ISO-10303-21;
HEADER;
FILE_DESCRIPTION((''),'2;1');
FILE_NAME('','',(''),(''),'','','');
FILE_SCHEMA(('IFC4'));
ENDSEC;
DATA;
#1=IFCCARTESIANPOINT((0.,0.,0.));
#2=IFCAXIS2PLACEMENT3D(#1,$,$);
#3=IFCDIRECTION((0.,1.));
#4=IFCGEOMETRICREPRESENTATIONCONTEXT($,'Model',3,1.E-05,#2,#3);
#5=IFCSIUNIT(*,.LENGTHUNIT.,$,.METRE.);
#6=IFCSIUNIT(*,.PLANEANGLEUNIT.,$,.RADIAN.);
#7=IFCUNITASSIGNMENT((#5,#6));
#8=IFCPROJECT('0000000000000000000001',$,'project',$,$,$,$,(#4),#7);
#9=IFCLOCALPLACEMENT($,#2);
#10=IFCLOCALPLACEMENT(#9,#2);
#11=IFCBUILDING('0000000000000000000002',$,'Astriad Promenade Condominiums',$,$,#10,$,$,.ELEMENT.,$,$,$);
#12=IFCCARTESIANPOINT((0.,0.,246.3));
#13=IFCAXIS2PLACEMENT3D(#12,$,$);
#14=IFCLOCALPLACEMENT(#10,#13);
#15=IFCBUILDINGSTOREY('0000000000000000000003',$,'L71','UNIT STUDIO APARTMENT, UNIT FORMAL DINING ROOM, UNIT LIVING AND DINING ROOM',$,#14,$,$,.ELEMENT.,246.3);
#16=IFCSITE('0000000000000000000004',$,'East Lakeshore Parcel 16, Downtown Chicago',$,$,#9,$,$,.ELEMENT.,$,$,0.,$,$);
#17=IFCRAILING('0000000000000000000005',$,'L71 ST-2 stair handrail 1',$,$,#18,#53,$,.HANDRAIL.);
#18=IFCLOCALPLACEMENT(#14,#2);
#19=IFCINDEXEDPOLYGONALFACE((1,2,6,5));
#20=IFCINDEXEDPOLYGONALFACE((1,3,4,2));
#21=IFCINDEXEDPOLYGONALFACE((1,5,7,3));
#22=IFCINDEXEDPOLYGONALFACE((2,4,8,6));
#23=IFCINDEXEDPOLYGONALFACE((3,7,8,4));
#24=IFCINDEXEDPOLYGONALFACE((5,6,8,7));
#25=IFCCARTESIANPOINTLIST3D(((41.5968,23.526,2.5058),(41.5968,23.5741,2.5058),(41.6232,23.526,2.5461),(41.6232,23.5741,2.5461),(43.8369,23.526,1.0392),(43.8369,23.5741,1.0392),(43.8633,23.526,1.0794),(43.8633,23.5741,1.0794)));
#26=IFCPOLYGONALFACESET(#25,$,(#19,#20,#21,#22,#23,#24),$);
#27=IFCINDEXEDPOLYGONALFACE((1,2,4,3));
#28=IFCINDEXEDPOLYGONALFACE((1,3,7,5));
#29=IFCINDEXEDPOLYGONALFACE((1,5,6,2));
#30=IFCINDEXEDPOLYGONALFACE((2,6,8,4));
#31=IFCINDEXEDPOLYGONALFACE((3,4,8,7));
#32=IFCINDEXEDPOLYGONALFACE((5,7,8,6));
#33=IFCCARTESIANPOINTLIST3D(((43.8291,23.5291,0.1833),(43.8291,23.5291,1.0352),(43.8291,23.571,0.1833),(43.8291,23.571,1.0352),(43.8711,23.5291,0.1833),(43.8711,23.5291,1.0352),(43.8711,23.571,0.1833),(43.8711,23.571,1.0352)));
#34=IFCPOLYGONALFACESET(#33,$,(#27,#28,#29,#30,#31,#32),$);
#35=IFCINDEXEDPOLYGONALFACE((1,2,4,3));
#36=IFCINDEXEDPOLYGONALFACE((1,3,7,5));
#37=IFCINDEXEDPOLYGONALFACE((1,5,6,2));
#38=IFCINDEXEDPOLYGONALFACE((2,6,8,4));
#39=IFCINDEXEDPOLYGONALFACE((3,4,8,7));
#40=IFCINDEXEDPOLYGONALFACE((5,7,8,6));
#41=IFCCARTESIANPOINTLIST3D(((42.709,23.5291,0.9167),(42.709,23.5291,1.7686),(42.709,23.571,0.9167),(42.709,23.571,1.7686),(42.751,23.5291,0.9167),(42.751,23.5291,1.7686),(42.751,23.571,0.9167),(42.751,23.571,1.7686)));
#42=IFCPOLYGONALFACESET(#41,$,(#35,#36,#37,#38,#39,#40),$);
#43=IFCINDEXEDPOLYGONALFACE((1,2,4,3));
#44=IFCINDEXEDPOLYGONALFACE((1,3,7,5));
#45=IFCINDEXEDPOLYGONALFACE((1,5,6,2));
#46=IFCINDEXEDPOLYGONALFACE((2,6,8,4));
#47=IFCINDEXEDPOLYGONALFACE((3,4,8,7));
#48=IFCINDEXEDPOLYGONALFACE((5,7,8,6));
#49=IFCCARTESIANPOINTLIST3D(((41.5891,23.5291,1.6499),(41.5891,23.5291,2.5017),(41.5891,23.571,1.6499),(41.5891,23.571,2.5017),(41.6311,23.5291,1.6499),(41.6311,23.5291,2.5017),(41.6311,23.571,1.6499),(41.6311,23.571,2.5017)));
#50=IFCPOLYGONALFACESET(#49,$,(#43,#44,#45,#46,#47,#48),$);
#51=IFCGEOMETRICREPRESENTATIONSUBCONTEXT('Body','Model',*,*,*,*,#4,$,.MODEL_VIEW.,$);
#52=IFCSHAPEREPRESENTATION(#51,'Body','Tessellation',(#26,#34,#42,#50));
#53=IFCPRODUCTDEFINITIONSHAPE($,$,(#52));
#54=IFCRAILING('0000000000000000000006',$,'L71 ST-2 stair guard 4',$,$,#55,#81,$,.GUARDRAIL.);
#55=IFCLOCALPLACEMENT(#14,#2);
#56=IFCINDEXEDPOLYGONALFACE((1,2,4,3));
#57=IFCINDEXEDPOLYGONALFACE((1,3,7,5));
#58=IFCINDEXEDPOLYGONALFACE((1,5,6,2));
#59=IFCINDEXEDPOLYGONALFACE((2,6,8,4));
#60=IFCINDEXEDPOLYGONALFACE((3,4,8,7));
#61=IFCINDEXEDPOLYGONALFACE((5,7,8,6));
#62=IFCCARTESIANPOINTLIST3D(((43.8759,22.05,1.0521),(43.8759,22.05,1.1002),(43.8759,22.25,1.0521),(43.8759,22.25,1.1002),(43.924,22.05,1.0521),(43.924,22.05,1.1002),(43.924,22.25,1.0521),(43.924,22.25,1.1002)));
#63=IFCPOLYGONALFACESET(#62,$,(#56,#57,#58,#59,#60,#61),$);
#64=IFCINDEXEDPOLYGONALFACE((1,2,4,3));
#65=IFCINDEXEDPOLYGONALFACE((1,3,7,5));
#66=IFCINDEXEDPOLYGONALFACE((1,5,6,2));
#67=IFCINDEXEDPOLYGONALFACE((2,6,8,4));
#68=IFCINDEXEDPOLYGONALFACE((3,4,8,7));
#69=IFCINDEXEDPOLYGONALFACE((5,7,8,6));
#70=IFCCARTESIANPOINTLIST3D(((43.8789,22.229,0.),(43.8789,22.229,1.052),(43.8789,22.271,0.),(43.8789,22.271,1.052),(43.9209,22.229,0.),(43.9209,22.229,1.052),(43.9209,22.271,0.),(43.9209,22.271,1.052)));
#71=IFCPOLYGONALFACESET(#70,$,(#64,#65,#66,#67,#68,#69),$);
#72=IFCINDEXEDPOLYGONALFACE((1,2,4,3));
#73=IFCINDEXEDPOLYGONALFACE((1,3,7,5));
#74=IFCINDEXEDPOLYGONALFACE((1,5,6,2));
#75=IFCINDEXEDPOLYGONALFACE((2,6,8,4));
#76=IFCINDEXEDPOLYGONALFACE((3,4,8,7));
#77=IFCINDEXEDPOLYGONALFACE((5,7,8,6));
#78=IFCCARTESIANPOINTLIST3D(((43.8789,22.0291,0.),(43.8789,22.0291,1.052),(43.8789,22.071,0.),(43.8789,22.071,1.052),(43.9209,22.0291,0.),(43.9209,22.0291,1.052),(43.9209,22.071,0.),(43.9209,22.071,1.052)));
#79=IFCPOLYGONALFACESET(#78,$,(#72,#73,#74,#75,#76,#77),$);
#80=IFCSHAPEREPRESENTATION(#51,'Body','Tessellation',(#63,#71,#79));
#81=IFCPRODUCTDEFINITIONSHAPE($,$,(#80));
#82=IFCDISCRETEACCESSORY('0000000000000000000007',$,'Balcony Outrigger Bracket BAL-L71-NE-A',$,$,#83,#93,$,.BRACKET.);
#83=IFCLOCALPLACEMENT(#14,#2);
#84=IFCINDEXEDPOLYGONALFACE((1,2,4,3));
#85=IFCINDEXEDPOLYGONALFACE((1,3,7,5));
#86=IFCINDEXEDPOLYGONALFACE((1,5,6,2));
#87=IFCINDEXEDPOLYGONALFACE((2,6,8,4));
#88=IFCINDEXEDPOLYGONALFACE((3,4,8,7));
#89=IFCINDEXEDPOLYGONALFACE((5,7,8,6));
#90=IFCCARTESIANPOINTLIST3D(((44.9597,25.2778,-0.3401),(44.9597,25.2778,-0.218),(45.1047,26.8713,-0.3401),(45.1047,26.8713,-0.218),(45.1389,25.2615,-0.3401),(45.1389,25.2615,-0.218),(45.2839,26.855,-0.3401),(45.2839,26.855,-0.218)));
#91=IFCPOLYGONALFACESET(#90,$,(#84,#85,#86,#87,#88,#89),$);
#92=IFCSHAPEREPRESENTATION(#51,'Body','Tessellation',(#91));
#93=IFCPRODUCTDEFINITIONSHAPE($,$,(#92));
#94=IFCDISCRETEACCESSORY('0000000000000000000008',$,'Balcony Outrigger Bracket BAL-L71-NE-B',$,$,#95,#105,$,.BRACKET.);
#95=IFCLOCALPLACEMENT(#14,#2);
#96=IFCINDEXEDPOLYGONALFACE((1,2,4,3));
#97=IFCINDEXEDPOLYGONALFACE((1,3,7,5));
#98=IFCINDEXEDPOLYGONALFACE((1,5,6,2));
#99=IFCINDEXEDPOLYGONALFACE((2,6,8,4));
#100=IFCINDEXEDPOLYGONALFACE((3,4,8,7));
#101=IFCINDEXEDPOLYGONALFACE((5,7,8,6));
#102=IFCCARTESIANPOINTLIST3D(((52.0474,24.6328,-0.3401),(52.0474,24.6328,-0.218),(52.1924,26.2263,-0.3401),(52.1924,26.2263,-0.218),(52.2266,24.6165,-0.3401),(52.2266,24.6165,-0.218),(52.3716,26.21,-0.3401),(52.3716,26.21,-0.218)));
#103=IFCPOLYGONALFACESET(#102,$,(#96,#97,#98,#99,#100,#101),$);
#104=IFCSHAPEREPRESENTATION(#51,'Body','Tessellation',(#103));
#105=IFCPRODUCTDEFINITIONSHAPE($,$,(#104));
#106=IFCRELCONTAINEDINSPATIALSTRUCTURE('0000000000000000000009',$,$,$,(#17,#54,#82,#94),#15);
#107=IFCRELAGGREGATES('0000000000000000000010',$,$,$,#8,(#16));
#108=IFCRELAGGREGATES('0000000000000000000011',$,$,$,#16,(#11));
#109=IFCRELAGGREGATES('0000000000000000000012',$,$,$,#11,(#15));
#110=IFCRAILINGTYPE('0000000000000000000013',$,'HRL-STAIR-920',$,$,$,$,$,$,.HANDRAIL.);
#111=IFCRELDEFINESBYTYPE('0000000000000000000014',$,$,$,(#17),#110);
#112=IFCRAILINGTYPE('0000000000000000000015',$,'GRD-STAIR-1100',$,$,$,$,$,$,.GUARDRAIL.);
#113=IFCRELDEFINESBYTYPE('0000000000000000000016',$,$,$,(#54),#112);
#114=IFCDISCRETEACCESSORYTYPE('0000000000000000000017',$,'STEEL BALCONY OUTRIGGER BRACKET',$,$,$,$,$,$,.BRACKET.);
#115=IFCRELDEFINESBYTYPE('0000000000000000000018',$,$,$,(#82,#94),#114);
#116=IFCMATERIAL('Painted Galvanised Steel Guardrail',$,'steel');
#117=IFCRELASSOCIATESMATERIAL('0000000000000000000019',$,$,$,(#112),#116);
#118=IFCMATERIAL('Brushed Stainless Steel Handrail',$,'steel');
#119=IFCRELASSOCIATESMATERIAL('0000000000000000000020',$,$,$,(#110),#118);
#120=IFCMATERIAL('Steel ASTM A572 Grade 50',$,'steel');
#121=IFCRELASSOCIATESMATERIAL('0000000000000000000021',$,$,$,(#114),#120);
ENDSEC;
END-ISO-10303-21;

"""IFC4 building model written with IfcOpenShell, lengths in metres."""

from ifc_helpers import new_model, si_unit, direction, frame, origin, origin_2d, place, context, subcontext, project, spatial, rectangle, extrude, source, transform, mapped, material, type_object, type_shapes, element, save


model = new_model("IFC4")

# Units and contexts
model_context = context("Model", 3, precision=1e-05, world=origin(), true_north=direction((0.0, 1.0)))
body_context = subcontext(model_context, "Body", "Model", "MODEL_VIEW")
ifc_project = project(units=[si_unit("LENGTHUNIT", "METRE"), si_unit("PLANEANGLEUNIT", "RADIAN")], contexts=[model_context])

# Site, building, storey
site_placement = place(None, origin())
site = spatial("IfcSite", under=ifc_project, at=site_placement, Name="East Lakeshore Parcel 16, Downtown Chicago", CompositionType="ELEMENT", RefElevation=0.0)
building_placement = place(site_placement, origin())
building = spatial("IfcBuilding", under=site, at=building_placement, Name="Astriad Promenade Condominiums", CompositionType="ELEMENT")
storey_placement = place(building_placement, frame((0.0, 0.0, 246.3)))
storey = spatial("IfcBuildingStorey", under=building, at=storey_placement, Name="L71", Description="UNIT STUDIO APARTMENT, UNIT FORMAL DINING ROOM, UNIT LIVING AND DINING ROOM", CompositionType="ELEMENT", Elevation=246.3)

# Railings
ifc_material_1 = material(Name="Painted Galvanised Steel Guardrail", Category="steel")
railing_type_1 = type_object("IfcRailingType", Name="GRD-STAIR-1100", PredefinedType="GUARDRAIL", material=ifc_material_1)
ifc_material_2 = material(Name="Brushed Stainless Steel Handrail", Category="steel")
railing_type_2 = type_object("IfcRailingType", Name="HRL-STAIR-920", PredefinedType="HANDRAIL", material=ifc_material_2)
shared_shape_1 = source(origin(), body_context, "Body", "SweptSolid", [
    extrude(rectangle(XDim=0.0481, YDim=0.0481, at=origin_2d()), frame((0.0, 0.0, 0.876), z_axis=(-0.836637, 0.0, 0.547758), x_axis=(0.0, -1.0, 0.0)), (0.0, 0.0, 1.0), 2.6775),
    extrude(rectangle(XDim=0.042, YDim=0.042, at=origin_2d()), origin(), (0.0, 0.0, 1.0), 0.8518),
    extrude(rectangle(XDim=0.042, YDim=0.042, at=origin_2d()), frame((-1.1201, 0.0, 0.7334)), (0.0, 0.0, 1.0), 0.8518),
    extrude(rectangle(XDim=0.042, YDim=0.042, at=origin_2d()), frame((-2.24, 0.0, 1.4666)), (0.0, 0.0, 1.0), 0.8518),
])
type_shapes(railing_type_2, [shared_shape_1])
railing_1_placement = place(storey_placement, frame((43.8501, 23.55, 0.1833)))
element("IfcRailing", 1, at=railing_1_placement, inside=storey, type_object=railing_type_2, Name="L71 ST-2 stair handrail 1", PredefinedType="HANDRAIL", context=body_context, shape_type="MappedRepresentation", body=[
    mapped(shared_shape_1, transform((0.0, 0.0, 0.0), scale=1.0)),
])
shared_shape_2 = source(origin(), body_context, "Body", "SweptSolid", [
    extrude(rectangle(XDim=0.0481, YDim=0.0481, at=origin_2d()), frame((0.0, 0.0, 1.0762), z_axis=(0.0, -1.0, 0.0), x_axis=(1.0, 0.0, 0.0)), (0.0, 0.0, 1.0), 0.2),
    extrude(rectangle(XDim=0.042, YDim=0.042, at=origin_2d()), origin(), (0.0, 0.0, 1.0), 1.052),
    extrude(rectangle(XDim=0.042, YDim=0.042, at=origin_2d()), frame((0.0, -0.2, 0.0)), (0.0, 0.0, 1.0), 1.052),
])
railing_2_placement = place(storey_placement, frame((43.8999, 22.25, 0.0)))
element("IfcRailing", 2, at=railing_2_placement, inside=storey, type_object=railing_type_1, Name="L71 ST-2 stair guard 4", PredefinedType="GUARDRAIL", context=body_context, shape_type="MappedRepresentation", body=[
    mapped(shared_shape_2, transform((0.0, 0.0, 0.0), scale=1.0)),
])

# Discrete accessories
ifc_material_3 = material(Name="Steel ASTM A572 Grade 50", Category="steel")
discrete_accessory_type = type_object("IfcDiscreteAccessoryType", Name="STEEL BALCONY OUTRIGGER BRACKET", PredefinedType="BRACKET", material=ifc_material_3)
shared_shape_3 = source(origin(), body_context, "Body", "SweptSolid", [
    extrude(rectangle(XDim=1.6001, YDim=0.1799, at=origin_2d()), origin(), (0.0, 0.0, 1.0), 0.1221),
])
type_shapes(discrete_accessory_type, [shared_shape_3])
for number, where, z_axis, x_axis, name in (
    (3, (45.1218, 26.0664, -0.3401), (0.0, 0.0, 1.0), (0.090633, 0.995884, 0.0), "Balcony Outrigger Bracket BAL-L71-NE-A"),
    (4, (52.2095, 25.4214, -0.3401), (0.0, 0.0, 1.0), (0.090633, 0.995884, 0.0), "Balcony Outrigger Bracket BAL-L71-NE-B"),
):
    element("IfcDiscreteAccessory", number, at=place(storey_placement, frame(where, z_axis=z_axis, x_axis=x_axis)), inside=storey, type_object=discrete_accessory_type, Name=name, PredefinedType="BRACKET", context=body_context, shape_type="MappedRepresentation", body=[
        mapped(shared_shape_3, transform((0.0, 0.0, 0.0), scale=1.0)),
    ])

save(model, "model.ifc")
